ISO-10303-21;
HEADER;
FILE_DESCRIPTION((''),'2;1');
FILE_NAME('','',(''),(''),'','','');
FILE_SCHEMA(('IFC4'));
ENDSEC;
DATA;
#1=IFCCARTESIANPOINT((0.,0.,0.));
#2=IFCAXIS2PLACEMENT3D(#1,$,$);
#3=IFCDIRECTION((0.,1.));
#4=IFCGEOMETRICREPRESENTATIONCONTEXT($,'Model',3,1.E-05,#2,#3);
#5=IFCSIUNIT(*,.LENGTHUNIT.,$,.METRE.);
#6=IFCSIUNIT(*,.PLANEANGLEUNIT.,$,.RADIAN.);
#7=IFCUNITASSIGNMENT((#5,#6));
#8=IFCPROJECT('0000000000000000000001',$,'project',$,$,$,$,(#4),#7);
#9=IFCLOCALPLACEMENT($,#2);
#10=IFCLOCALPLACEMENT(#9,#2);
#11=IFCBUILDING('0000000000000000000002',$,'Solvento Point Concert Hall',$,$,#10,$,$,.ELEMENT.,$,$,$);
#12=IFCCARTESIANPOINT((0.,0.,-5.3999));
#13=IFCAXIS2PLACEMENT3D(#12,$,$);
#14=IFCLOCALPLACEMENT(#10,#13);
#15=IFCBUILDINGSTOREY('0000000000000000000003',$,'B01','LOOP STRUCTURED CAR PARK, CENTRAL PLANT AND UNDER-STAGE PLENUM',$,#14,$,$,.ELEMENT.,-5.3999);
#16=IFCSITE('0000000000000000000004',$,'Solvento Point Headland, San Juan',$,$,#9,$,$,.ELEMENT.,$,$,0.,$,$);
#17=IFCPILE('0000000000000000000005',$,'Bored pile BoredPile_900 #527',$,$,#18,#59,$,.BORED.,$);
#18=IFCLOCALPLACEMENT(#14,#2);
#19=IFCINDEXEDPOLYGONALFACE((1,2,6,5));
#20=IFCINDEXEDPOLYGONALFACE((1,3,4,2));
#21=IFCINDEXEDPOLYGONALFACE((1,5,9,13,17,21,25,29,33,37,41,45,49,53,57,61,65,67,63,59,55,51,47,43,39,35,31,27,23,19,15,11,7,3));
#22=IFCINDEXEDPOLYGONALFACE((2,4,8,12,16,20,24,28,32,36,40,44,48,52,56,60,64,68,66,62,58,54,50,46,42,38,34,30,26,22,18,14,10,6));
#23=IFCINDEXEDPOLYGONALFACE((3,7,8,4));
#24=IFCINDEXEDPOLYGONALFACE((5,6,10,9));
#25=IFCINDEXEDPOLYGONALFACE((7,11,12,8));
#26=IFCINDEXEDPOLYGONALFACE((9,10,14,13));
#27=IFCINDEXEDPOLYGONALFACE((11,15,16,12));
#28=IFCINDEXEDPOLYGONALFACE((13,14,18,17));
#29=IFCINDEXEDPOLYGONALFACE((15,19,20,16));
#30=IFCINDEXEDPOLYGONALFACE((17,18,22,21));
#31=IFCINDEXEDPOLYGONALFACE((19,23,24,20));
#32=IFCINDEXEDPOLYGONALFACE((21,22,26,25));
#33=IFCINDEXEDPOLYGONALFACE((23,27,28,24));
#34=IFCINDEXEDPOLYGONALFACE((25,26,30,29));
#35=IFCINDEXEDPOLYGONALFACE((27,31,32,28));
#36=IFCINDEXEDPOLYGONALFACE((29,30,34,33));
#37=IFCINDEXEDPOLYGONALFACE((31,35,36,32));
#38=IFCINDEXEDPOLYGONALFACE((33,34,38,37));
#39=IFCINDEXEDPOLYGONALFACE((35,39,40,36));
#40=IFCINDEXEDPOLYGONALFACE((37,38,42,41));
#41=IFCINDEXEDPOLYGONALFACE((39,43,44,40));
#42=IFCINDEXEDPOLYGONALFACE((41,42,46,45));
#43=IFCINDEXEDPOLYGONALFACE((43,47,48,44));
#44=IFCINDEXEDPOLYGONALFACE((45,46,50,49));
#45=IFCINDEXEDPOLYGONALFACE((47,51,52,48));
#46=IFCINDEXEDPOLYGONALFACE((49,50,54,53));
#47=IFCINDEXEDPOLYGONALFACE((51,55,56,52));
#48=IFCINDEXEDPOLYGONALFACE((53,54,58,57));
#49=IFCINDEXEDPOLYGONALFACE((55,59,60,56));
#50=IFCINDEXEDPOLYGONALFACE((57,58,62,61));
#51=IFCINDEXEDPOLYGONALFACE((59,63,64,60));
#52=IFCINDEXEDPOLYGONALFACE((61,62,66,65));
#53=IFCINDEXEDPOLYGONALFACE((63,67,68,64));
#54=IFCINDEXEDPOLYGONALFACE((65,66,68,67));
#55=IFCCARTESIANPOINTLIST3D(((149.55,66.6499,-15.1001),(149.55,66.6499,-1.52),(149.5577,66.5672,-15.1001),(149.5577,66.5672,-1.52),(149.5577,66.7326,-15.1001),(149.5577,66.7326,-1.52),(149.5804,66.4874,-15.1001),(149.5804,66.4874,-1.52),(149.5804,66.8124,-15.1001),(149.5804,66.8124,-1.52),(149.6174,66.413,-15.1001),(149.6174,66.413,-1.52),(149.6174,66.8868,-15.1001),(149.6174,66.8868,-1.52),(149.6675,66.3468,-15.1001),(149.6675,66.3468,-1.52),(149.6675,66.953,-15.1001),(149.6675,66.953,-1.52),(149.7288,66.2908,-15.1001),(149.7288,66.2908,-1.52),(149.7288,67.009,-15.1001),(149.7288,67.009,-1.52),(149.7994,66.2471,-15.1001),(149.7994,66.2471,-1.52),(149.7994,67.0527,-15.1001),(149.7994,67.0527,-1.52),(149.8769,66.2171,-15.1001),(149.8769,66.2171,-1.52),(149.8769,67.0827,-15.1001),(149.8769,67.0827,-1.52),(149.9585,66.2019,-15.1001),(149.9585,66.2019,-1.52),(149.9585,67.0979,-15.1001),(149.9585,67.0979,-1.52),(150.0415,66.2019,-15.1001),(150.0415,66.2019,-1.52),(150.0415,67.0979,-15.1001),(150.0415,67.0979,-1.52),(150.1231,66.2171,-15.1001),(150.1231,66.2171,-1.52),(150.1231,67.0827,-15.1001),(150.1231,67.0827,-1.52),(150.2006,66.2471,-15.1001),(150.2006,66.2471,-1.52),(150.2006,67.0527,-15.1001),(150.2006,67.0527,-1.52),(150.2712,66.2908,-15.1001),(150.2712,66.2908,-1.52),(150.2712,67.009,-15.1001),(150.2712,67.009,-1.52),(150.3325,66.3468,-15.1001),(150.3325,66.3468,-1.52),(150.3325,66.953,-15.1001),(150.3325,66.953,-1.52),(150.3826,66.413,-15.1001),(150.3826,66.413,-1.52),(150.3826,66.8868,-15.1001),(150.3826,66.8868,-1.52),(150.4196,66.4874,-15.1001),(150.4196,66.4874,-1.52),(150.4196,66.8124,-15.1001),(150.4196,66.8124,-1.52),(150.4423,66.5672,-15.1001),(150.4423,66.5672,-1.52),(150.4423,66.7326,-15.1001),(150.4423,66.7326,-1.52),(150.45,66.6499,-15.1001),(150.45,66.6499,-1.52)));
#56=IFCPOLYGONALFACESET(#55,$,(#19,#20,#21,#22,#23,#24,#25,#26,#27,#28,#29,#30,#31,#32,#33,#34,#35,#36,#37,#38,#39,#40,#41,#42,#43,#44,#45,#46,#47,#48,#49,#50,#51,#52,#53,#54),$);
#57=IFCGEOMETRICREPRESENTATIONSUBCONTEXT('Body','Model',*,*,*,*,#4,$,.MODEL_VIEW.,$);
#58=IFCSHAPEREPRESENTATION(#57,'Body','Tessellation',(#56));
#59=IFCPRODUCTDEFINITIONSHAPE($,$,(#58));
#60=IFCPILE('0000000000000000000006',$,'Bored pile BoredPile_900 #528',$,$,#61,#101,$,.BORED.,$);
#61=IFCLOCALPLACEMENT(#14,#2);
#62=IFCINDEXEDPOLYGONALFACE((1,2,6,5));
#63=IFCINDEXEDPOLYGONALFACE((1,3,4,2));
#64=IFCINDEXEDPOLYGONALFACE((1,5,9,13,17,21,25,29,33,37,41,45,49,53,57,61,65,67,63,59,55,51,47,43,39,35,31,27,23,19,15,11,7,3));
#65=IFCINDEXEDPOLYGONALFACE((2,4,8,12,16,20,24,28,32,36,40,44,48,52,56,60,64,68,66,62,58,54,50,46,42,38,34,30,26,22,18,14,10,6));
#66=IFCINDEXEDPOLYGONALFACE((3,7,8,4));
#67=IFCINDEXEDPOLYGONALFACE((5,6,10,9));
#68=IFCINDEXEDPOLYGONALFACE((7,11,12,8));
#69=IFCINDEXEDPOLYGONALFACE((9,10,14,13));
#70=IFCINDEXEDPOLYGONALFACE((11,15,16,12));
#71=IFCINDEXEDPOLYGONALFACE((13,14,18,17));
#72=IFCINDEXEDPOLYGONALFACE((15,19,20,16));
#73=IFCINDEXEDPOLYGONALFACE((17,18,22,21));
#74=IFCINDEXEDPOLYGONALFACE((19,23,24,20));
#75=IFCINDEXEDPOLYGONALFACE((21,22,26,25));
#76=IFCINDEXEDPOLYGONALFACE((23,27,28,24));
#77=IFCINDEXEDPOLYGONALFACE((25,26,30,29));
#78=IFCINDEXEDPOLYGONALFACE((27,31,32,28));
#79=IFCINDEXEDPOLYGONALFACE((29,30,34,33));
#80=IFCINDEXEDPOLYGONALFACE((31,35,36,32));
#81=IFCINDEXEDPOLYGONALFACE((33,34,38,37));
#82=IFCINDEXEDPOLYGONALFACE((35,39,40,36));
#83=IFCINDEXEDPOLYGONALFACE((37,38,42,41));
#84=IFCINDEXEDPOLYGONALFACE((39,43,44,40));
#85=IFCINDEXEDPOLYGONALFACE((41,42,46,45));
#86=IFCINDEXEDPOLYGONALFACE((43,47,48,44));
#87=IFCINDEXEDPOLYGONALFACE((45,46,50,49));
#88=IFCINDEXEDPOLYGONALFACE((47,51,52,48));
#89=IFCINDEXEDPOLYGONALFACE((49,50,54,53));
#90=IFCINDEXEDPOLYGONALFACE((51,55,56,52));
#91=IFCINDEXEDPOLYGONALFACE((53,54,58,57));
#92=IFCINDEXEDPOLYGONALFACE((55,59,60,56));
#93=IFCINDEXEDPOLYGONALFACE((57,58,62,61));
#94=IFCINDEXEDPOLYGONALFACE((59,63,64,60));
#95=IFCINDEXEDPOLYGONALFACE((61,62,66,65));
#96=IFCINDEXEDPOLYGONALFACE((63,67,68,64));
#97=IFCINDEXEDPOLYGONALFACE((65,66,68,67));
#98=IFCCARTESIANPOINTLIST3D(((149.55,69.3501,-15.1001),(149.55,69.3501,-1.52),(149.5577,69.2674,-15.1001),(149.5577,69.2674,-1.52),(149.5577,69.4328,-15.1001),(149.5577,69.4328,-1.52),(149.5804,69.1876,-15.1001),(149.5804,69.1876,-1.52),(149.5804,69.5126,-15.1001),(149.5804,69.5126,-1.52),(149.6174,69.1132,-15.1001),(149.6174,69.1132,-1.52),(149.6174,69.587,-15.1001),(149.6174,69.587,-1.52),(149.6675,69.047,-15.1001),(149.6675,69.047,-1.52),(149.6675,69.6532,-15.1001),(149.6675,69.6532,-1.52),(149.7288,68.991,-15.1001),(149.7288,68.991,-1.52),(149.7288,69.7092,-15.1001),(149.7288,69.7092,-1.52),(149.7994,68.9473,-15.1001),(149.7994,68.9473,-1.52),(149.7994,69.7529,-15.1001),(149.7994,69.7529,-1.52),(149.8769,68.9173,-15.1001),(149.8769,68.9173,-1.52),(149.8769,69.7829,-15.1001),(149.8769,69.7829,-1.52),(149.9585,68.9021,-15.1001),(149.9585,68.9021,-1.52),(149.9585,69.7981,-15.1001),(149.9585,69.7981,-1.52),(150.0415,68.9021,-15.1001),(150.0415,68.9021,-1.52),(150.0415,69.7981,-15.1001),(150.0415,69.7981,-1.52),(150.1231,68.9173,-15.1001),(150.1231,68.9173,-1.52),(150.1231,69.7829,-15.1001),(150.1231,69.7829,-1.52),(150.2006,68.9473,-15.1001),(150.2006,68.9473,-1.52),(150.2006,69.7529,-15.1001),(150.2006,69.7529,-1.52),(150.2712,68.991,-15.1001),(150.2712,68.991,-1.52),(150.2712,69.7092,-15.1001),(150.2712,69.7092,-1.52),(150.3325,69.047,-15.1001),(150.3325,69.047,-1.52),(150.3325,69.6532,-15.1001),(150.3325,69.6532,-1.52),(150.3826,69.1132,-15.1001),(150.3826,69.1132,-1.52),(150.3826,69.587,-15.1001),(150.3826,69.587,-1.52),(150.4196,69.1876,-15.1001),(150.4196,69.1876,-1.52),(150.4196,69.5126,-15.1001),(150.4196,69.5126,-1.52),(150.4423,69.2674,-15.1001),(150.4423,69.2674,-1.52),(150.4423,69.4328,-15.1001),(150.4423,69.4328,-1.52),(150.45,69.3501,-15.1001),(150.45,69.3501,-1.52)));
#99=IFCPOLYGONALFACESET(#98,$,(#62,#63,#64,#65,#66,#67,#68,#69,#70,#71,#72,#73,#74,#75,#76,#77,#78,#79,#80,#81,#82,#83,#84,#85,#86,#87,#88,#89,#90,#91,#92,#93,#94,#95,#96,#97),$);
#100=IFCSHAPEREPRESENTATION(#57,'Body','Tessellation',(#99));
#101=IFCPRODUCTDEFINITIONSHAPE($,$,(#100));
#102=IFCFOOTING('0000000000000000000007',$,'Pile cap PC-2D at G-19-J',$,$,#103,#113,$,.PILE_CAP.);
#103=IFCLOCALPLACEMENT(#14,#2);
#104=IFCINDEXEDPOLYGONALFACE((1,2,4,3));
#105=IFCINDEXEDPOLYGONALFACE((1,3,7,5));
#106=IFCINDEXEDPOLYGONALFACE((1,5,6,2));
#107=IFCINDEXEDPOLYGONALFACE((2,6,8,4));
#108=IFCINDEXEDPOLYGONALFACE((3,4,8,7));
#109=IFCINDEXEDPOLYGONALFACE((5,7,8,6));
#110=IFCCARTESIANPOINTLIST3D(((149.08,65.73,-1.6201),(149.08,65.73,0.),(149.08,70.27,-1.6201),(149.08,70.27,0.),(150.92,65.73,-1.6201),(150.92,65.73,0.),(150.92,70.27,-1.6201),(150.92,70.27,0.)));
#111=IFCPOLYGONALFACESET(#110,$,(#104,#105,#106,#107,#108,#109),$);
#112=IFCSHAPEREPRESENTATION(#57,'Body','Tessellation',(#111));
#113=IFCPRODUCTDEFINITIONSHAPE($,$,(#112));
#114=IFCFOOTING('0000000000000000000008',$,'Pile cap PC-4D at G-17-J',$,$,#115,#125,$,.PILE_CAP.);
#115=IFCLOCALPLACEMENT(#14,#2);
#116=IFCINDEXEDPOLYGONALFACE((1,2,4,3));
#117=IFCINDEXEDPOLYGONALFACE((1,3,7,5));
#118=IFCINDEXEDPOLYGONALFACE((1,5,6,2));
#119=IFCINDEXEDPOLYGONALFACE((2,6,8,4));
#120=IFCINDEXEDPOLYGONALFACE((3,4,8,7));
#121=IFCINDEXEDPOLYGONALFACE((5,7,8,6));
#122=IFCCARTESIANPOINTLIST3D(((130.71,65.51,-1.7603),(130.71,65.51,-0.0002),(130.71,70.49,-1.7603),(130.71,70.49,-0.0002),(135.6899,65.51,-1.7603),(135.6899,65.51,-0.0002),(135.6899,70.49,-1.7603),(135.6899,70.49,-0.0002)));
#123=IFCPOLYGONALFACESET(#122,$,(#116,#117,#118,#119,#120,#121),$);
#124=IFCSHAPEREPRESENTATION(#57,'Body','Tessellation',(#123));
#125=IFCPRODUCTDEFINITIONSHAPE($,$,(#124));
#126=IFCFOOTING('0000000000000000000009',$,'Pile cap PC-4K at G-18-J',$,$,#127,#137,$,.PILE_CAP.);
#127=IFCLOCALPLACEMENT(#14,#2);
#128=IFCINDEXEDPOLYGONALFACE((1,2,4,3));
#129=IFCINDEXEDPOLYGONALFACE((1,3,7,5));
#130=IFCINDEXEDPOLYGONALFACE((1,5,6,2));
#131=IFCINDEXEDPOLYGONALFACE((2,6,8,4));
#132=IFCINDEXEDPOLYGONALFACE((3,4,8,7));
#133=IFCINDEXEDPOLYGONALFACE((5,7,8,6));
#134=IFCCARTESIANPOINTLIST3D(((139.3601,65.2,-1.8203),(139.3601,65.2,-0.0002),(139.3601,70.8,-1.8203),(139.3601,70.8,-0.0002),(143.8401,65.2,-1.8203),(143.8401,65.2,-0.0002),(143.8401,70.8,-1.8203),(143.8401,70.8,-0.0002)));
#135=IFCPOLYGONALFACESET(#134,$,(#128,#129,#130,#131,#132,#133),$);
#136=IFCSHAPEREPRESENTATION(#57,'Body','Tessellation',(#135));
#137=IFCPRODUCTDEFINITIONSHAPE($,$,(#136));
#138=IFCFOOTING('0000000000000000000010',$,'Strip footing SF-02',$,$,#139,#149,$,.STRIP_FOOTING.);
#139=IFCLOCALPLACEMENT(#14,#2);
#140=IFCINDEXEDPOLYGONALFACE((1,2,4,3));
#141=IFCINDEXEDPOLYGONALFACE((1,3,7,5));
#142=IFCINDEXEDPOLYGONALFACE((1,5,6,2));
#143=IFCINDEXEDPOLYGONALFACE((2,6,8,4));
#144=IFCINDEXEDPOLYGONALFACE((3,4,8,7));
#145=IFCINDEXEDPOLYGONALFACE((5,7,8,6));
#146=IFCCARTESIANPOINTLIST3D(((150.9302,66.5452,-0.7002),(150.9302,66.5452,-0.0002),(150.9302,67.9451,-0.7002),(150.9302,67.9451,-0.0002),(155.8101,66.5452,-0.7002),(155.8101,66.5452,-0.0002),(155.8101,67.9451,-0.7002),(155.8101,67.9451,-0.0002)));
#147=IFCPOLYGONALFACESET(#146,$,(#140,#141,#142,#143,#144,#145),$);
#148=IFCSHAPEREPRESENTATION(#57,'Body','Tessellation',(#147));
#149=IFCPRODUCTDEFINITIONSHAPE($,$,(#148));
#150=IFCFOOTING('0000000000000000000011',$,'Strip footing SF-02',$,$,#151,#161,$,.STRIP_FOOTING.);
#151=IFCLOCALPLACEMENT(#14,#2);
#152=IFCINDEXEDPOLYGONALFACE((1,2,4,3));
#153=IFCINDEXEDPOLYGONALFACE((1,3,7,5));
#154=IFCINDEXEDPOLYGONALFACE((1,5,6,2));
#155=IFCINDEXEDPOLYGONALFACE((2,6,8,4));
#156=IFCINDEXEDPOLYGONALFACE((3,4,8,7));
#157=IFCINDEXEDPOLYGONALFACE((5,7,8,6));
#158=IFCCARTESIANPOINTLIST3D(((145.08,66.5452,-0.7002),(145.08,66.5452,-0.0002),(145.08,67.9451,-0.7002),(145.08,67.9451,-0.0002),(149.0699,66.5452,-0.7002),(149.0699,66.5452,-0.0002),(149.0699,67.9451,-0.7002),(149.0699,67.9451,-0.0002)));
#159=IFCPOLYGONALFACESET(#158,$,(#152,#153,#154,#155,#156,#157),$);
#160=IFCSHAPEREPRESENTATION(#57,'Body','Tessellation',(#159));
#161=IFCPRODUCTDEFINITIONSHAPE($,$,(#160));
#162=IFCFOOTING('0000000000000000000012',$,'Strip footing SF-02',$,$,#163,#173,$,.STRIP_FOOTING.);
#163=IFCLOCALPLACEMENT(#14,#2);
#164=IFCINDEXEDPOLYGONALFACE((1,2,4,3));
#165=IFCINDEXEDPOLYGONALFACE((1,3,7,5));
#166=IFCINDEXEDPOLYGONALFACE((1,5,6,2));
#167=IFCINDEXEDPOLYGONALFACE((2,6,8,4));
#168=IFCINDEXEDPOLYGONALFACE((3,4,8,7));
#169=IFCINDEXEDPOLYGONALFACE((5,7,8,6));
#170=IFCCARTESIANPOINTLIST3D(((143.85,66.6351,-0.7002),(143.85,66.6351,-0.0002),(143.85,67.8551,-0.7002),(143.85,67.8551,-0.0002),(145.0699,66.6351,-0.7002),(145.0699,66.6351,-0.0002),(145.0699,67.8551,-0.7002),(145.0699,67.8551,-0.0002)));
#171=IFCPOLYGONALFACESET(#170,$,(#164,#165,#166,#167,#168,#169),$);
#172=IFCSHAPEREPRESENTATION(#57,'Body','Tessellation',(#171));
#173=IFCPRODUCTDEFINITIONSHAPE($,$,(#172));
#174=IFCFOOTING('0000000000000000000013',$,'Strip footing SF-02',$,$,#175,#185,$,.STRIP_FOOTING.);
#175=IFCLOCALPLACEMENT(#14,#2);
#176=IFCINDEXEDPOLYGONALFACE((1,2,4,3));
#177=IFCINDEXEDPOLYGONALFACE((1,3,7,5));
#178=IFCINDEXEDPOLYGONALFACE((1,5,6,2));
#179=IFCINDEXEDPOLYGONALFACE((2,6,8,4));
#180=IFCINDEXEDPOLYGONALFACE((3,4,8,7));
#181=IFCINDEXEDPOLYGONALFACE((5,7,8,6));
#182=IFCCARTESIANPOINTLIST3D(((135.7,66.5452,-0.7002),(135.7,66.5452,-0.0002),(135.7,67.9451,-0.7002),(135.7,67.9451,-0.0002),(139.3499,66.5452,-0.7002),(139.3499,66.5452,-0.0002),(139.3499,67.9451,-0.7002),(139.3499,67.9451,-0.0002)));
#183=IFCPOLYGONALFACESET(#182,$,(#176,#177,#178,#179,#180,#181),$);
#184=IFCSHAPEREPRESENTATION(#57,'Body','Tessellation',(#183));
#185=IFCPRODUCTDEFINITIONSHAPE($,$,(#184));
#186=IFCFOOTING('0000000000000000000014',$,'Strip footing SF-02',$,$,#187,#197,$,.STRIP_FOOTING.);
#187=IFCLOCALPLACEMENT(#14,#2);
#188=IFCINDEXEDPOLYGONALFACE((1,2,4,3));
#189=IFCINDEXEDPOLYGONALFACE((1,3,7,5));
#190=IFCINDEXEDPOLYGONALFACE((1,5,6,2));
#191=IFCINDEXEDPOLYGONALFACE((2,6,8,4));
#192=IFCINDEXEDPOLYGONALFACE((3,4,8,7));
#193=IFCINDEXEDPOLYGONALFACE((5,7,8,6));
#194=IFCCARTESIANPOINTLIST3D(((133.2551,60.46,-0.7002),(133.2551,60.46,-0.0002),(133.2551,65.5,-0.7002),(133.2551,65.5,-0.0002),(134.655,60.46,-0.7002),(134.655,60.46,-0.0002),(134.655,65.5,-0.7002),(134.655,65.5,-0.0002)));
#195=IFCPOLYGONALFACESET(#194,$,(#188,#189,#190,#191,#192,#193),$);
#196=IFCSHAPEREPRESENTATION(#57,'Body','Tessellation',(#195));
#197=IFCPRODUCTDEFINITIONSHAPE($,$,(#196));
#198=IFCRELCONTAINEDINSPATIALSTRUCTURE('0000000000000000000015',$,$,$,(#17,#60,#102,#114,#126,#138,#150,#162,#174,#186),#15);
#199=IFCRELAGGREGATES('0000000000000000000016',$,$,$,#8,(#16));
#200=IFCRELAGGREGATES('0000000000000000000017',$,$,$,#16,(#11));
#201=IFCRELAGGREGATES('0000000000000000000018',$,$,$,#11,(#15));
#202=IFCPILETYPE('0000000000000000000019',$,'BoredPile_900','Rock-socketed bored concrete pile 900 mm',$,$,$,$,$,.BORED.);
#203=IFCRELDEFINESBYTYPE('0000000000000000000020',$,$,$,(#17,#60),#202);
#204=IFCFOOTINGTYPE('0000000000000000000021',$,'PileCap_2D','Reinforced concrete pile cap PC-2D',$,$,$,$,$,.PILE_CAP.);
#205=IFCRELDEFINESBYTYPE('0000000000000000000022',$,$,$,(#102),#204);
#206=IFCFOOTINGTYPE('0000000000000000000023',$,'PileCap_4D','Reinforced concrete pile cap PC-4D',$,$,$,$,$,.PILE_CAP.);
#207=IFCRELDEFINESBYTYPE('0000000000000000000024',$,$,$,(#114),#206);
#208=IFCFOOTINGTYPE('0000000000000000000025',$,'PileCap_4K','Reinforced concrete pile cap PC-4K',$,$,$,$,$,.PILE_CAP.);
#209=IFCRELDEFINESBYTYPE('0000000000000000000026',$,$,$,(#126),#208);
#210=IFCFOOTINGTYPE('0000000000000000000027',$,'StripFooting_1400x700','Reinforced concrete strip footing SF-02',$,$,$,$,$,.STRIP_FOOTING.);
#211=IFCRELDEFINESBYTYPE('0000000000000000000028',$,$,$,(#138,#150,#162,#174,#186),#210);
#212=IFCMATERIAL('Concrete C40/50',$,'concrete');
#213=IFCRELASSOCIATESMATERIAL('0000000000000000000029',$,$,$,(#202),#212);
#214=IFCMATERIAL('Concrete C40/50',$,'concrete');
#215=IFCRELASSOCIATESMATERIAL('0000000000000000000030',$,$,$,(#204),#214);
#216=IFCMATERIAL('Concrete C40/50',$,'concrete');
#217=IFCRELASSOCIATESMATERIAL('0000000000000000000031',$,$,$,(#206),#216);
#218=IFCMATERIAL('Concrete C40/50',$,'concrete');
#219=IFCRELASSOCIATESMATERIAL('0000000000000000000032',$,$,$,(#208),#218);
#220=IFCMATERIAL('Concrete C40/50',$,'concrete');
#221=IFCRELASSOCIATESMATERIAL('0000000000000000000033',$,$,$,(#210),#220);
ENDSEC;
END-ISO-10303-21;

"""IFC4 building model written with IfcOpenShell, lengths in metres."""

from ifc_helpers import new_model, si_unit, direction, frame, origin, origin_2d, place, context, subcontext, project, spatial, rectangle, circle, extrude, material, material_profile, profile_set, type_object, element, save


model = new_model("IFC4")

# Units and contexts
model_context = context("Model", 3, precision=1e-05, world=origin(), true_north=direction((0.0, 1.0)))
body_context = subcontext(model_context, "Body", "Model", "MODEL_VIEW")
ifc_project = project(units=[si_unit("LENGTHUNIT", "METRE"), si_unit("PLANEANGLEUNIT", "RADIAN")], contexts=[model_context])

# Site, building, storey
site_placement = place(None, origin())
site = spatial("IfcSite", under=ifc_project, at=site_placement, Name="Solvento Point Headland, San Juan", CompositionType="ELEMENT", RefElevation=0.0)
building_placement = place(site_placement, origin())
building = spatial("IfcBuilding", under=site, at=building_placement, Name="Solvento Point Concert Hall", CompositionType="ELEMENT")
storey_placement = place(building_placement, frame((0.0, 0.0, -5.3999)))
storey = spatial("IfcBuildingStorey", under=building, at=storey_placement, Name="B01", Description="LOOP STRUCTURED CAR PARK, CENTRAL PLANT AND UNDER-STAGE PLENUM", CompositionType="ELEMENT", Elevation=-5.3999)

# Piles
ifc_material_1 = material(Name="Concrete C40/50", Category="concrete")
ifc_material_profile_1 = material_profile(ifc_material_1, circle(Radius=0.45, at=origin_2d()), Name="BP-900")
ifc_profile_set_1 = profile_set([ifc_material_profile_1], Name="Concrete C40/50")
pile_type_1 = type_object("IfcPileType", Name="BoredPile_900", Description="Rock-socketed bored concrete pile 900 mm", PredefinedType="BORED", material=ifc_profile_set_1)
for number, where, z_axis, x_axis, name in (
    (1, (150.0, 66.6499, -1.52), (0.0, 0.0, -1.0), (1.0, 0.0, 0.0), "Bored pile BoredPile_900 #527"),
    (2, (150.0, 69.3501, -1.52), (0.0, 0.0, -1.0), (1.0, 0.0, 0.0), "Bored pile BoredPile_900 #528"),
):
    element("IfcPile", number, at=place(storey_placement, frame(where, z_axis=z_axis, x_axis=x_axis)), inside=storey, type_object=pile_type_1, Name=name, PredefinedType="BORED", context=body_context, shape_type="SweptSolid", body=[
        extrude(circle(Radius=0.45, at=origin_2d()), origin(), (0.0, 0.0, 1.0), 13.5801),
    ])

# Footings
ifc_material_2 = material(Name="Concrete C40/50", Category="concrete")
footing_type_1 = type_object("IfcFootingType", Name="PileCap_2D", Description="Reinforced concrete pile cap PC-2D", PredefinedType="PILE_CAP", material=ifc_material_2)
footing_1_placement = place(storey_placement, frame((150.0, 68.0, -1.6201), z_axis=(0.0, 0.0, 1.0), x_axis=(1.0, 0.0, 0.0)))
element("IfcFooting", 3, at=footing_1_placement, inside=storey, type_object=footing_type_1, Name="Pile cap PC-2D at G-19-J", PredefinedType="PILE_CAP", context=body_context, shape_type="SweptSolid", body=[
    extrude(rectangle(XDim=1.8401, YDim=4.54, at=origin_2d()), origin(), (0.0, 0.0, 1.0), 1.6201),
])
ifc_material_3 = material(Name="Concrete C40/50", Category="concrete")
footing_type_2 = type_object("IfcFootingType", Name="PileCap_4D", Description="Reinforced concrete pile cap PC-4D", PredefinedType="PILE_CAP", material=ifc_material_3)
footing_2_placement = place(storey_placement, frame((133.2, 68.0, -1.7603), z_axis=(0.0, 0.0, 1.0), x_axis=(1.0, 0.0, 0.0)))
element("IfcFooting", 4, at=footing_2_placement, inside=storey, type_object=footing_type_2, Name="Pile cap PC-4D at G-17-J", PredefinedType="PILE_CAP", context=body_context, shape_type="SweptSolid", body=[
    extrude(rectangle(XDim=4.98, YDim=4.98, at=origin_2d()), origin(), (0.0, 0.0, 1.0), 1.76),
])
ifc_material_4 = material(Name="Concrete C40/50", Category="concrete")
footing_type_3 = type_object("IfcFootingType", Name="PileCap_4K", Description="Reinforced concrete pile cap PC-4K", PredefinedType="PILE_CAP", material=ifc_material_4)
footing_3_placement = place(storey_placement, frame((141.6001, 68.0, -1.8203), z_axis=(0.0, 0.0, 1.0), x_axis=(1.0, 0.0, 0.0)))
element("IfcFooting", 5, at=footing_3_placement, inside=storey, type_object=footing_type_3, Name="Pile cap PC-4K at G-18-J", PredefinedType="PILE_CAP", context=body_context, shape_type="SweptSolid", body=[
    extrude(rectangle(XDim=4.48, YDim=5.6001, at=origin_2d()), origin(), (0.0, 0.0, 1.0), 1.8201),
])
ifc_material_5 = material(Name="Concrete C40/50", Category="concrete")
footing_type_4 = type_object("IfcFootingType", Name="StripFooting_1400x700", Description="Reinforced concrete strip footing SF-02", PredefinedType="STRIP_FOOTING", material=ifc_material_5)
footing_4_placement = place(storey_placement, frame((153.3701, 67.2451, -0.7002), z_axis=(0.0, 0.0, 1.0), x_axis=(-1.0, 0.0, 0.0)))
element("IfcFooting", 6, at=footing_4_placement, inside=storey, type_object=footing_type_4, Name="Strip footing SF-02", PredefinedType="STRIP_FOOTING", context=body_context, shape_type="SweptSolid", body=[
    extrude(rectangle(XDim=4.8799, YDim=1.3999, at=origin_2d()), origin(), (0.0, 0.0, 1.0), 0.7),
])
footing_5_placement = place(storey_placement, frame((147.075, 67.2451, -0.7002), z_axis=(0.0, 0.0, 1.0), x_axis=(-1.0, 0.0, 0.0)))
element("IfcFooting", 7, at=footing_5_placement, inside=storey, type_object=footing_type_4, Name="Strip footing SF-02", PredefinedType="STRIP_FOOTING", context=body_context, shape_type="SweptSolid", body=[
    extrude(rectangle(XDim=3.99, YDim=1.3999, at=origin_2d()), origin(), (0.0, 0.0, 1.0), 0.7),
])
footing_6_placement = place(storey_placement, frame((144.46, 67.2451, -0.7002), z_axis=(0.0, 0.0, 1.0), x_axis=(-1.0, 0.0, 0.0)))
element("IfcFooting", 8, at=footing_6_placement, inside=storey, type_object=footing_type_4, Name="Strip footing SF-02", PredefinedType="STRIP_FOOTING", context=body_context, shape_type="SweptSolid", body=[
    extrude(rectangle(XDim=1.22, YDim=1.22, at=origin_2d()), origin(), (0.0, 0.0, 1.0), 0.7),
])
footing_7_placement = place(storey_placement, frame((137.5249, 67.2451, -0.7002), z_axis=(0.0, 0.0, 1.0), x_axis=(-1.0, 0.0, 0.0)))
element("IfcFooting", 9, at=footing_7_placement, inside=storey, type_object=footing_type_4, Name="Strip footing SF-02", PredefinedType="STRIP_FOOTING", context=body_context, shape_type="SweptSolid", body=[
    extrude(rectangle(XDim=3.6499, YDim=1.3999, at=origin_2d()), origin(), (0.0, 0.0, 1.0), 0.7),
])
footing_8_placement = place(storey_placement, frame((133.9551, 62.98, -0.7002), z_axis=(0.0, 0.0, 1.0), x_axis=(0.0, -1.0, 0.0)))
element("IfcFooting", 10, at=footing_8_placement, inside=storey, type_object=footing_type_4, Name="Strip footing SF-02", PredefinedType="STRIP_FOOTING", context=body_context, shape_type="SweptSolid", body=[
    extrude(rectangle(XDim=5.04, YDim=1.3999, at=origin_2d()), origin(), (0.0, 0.0, 1.0), 0.7),
])

save(model, "model.ifc")
